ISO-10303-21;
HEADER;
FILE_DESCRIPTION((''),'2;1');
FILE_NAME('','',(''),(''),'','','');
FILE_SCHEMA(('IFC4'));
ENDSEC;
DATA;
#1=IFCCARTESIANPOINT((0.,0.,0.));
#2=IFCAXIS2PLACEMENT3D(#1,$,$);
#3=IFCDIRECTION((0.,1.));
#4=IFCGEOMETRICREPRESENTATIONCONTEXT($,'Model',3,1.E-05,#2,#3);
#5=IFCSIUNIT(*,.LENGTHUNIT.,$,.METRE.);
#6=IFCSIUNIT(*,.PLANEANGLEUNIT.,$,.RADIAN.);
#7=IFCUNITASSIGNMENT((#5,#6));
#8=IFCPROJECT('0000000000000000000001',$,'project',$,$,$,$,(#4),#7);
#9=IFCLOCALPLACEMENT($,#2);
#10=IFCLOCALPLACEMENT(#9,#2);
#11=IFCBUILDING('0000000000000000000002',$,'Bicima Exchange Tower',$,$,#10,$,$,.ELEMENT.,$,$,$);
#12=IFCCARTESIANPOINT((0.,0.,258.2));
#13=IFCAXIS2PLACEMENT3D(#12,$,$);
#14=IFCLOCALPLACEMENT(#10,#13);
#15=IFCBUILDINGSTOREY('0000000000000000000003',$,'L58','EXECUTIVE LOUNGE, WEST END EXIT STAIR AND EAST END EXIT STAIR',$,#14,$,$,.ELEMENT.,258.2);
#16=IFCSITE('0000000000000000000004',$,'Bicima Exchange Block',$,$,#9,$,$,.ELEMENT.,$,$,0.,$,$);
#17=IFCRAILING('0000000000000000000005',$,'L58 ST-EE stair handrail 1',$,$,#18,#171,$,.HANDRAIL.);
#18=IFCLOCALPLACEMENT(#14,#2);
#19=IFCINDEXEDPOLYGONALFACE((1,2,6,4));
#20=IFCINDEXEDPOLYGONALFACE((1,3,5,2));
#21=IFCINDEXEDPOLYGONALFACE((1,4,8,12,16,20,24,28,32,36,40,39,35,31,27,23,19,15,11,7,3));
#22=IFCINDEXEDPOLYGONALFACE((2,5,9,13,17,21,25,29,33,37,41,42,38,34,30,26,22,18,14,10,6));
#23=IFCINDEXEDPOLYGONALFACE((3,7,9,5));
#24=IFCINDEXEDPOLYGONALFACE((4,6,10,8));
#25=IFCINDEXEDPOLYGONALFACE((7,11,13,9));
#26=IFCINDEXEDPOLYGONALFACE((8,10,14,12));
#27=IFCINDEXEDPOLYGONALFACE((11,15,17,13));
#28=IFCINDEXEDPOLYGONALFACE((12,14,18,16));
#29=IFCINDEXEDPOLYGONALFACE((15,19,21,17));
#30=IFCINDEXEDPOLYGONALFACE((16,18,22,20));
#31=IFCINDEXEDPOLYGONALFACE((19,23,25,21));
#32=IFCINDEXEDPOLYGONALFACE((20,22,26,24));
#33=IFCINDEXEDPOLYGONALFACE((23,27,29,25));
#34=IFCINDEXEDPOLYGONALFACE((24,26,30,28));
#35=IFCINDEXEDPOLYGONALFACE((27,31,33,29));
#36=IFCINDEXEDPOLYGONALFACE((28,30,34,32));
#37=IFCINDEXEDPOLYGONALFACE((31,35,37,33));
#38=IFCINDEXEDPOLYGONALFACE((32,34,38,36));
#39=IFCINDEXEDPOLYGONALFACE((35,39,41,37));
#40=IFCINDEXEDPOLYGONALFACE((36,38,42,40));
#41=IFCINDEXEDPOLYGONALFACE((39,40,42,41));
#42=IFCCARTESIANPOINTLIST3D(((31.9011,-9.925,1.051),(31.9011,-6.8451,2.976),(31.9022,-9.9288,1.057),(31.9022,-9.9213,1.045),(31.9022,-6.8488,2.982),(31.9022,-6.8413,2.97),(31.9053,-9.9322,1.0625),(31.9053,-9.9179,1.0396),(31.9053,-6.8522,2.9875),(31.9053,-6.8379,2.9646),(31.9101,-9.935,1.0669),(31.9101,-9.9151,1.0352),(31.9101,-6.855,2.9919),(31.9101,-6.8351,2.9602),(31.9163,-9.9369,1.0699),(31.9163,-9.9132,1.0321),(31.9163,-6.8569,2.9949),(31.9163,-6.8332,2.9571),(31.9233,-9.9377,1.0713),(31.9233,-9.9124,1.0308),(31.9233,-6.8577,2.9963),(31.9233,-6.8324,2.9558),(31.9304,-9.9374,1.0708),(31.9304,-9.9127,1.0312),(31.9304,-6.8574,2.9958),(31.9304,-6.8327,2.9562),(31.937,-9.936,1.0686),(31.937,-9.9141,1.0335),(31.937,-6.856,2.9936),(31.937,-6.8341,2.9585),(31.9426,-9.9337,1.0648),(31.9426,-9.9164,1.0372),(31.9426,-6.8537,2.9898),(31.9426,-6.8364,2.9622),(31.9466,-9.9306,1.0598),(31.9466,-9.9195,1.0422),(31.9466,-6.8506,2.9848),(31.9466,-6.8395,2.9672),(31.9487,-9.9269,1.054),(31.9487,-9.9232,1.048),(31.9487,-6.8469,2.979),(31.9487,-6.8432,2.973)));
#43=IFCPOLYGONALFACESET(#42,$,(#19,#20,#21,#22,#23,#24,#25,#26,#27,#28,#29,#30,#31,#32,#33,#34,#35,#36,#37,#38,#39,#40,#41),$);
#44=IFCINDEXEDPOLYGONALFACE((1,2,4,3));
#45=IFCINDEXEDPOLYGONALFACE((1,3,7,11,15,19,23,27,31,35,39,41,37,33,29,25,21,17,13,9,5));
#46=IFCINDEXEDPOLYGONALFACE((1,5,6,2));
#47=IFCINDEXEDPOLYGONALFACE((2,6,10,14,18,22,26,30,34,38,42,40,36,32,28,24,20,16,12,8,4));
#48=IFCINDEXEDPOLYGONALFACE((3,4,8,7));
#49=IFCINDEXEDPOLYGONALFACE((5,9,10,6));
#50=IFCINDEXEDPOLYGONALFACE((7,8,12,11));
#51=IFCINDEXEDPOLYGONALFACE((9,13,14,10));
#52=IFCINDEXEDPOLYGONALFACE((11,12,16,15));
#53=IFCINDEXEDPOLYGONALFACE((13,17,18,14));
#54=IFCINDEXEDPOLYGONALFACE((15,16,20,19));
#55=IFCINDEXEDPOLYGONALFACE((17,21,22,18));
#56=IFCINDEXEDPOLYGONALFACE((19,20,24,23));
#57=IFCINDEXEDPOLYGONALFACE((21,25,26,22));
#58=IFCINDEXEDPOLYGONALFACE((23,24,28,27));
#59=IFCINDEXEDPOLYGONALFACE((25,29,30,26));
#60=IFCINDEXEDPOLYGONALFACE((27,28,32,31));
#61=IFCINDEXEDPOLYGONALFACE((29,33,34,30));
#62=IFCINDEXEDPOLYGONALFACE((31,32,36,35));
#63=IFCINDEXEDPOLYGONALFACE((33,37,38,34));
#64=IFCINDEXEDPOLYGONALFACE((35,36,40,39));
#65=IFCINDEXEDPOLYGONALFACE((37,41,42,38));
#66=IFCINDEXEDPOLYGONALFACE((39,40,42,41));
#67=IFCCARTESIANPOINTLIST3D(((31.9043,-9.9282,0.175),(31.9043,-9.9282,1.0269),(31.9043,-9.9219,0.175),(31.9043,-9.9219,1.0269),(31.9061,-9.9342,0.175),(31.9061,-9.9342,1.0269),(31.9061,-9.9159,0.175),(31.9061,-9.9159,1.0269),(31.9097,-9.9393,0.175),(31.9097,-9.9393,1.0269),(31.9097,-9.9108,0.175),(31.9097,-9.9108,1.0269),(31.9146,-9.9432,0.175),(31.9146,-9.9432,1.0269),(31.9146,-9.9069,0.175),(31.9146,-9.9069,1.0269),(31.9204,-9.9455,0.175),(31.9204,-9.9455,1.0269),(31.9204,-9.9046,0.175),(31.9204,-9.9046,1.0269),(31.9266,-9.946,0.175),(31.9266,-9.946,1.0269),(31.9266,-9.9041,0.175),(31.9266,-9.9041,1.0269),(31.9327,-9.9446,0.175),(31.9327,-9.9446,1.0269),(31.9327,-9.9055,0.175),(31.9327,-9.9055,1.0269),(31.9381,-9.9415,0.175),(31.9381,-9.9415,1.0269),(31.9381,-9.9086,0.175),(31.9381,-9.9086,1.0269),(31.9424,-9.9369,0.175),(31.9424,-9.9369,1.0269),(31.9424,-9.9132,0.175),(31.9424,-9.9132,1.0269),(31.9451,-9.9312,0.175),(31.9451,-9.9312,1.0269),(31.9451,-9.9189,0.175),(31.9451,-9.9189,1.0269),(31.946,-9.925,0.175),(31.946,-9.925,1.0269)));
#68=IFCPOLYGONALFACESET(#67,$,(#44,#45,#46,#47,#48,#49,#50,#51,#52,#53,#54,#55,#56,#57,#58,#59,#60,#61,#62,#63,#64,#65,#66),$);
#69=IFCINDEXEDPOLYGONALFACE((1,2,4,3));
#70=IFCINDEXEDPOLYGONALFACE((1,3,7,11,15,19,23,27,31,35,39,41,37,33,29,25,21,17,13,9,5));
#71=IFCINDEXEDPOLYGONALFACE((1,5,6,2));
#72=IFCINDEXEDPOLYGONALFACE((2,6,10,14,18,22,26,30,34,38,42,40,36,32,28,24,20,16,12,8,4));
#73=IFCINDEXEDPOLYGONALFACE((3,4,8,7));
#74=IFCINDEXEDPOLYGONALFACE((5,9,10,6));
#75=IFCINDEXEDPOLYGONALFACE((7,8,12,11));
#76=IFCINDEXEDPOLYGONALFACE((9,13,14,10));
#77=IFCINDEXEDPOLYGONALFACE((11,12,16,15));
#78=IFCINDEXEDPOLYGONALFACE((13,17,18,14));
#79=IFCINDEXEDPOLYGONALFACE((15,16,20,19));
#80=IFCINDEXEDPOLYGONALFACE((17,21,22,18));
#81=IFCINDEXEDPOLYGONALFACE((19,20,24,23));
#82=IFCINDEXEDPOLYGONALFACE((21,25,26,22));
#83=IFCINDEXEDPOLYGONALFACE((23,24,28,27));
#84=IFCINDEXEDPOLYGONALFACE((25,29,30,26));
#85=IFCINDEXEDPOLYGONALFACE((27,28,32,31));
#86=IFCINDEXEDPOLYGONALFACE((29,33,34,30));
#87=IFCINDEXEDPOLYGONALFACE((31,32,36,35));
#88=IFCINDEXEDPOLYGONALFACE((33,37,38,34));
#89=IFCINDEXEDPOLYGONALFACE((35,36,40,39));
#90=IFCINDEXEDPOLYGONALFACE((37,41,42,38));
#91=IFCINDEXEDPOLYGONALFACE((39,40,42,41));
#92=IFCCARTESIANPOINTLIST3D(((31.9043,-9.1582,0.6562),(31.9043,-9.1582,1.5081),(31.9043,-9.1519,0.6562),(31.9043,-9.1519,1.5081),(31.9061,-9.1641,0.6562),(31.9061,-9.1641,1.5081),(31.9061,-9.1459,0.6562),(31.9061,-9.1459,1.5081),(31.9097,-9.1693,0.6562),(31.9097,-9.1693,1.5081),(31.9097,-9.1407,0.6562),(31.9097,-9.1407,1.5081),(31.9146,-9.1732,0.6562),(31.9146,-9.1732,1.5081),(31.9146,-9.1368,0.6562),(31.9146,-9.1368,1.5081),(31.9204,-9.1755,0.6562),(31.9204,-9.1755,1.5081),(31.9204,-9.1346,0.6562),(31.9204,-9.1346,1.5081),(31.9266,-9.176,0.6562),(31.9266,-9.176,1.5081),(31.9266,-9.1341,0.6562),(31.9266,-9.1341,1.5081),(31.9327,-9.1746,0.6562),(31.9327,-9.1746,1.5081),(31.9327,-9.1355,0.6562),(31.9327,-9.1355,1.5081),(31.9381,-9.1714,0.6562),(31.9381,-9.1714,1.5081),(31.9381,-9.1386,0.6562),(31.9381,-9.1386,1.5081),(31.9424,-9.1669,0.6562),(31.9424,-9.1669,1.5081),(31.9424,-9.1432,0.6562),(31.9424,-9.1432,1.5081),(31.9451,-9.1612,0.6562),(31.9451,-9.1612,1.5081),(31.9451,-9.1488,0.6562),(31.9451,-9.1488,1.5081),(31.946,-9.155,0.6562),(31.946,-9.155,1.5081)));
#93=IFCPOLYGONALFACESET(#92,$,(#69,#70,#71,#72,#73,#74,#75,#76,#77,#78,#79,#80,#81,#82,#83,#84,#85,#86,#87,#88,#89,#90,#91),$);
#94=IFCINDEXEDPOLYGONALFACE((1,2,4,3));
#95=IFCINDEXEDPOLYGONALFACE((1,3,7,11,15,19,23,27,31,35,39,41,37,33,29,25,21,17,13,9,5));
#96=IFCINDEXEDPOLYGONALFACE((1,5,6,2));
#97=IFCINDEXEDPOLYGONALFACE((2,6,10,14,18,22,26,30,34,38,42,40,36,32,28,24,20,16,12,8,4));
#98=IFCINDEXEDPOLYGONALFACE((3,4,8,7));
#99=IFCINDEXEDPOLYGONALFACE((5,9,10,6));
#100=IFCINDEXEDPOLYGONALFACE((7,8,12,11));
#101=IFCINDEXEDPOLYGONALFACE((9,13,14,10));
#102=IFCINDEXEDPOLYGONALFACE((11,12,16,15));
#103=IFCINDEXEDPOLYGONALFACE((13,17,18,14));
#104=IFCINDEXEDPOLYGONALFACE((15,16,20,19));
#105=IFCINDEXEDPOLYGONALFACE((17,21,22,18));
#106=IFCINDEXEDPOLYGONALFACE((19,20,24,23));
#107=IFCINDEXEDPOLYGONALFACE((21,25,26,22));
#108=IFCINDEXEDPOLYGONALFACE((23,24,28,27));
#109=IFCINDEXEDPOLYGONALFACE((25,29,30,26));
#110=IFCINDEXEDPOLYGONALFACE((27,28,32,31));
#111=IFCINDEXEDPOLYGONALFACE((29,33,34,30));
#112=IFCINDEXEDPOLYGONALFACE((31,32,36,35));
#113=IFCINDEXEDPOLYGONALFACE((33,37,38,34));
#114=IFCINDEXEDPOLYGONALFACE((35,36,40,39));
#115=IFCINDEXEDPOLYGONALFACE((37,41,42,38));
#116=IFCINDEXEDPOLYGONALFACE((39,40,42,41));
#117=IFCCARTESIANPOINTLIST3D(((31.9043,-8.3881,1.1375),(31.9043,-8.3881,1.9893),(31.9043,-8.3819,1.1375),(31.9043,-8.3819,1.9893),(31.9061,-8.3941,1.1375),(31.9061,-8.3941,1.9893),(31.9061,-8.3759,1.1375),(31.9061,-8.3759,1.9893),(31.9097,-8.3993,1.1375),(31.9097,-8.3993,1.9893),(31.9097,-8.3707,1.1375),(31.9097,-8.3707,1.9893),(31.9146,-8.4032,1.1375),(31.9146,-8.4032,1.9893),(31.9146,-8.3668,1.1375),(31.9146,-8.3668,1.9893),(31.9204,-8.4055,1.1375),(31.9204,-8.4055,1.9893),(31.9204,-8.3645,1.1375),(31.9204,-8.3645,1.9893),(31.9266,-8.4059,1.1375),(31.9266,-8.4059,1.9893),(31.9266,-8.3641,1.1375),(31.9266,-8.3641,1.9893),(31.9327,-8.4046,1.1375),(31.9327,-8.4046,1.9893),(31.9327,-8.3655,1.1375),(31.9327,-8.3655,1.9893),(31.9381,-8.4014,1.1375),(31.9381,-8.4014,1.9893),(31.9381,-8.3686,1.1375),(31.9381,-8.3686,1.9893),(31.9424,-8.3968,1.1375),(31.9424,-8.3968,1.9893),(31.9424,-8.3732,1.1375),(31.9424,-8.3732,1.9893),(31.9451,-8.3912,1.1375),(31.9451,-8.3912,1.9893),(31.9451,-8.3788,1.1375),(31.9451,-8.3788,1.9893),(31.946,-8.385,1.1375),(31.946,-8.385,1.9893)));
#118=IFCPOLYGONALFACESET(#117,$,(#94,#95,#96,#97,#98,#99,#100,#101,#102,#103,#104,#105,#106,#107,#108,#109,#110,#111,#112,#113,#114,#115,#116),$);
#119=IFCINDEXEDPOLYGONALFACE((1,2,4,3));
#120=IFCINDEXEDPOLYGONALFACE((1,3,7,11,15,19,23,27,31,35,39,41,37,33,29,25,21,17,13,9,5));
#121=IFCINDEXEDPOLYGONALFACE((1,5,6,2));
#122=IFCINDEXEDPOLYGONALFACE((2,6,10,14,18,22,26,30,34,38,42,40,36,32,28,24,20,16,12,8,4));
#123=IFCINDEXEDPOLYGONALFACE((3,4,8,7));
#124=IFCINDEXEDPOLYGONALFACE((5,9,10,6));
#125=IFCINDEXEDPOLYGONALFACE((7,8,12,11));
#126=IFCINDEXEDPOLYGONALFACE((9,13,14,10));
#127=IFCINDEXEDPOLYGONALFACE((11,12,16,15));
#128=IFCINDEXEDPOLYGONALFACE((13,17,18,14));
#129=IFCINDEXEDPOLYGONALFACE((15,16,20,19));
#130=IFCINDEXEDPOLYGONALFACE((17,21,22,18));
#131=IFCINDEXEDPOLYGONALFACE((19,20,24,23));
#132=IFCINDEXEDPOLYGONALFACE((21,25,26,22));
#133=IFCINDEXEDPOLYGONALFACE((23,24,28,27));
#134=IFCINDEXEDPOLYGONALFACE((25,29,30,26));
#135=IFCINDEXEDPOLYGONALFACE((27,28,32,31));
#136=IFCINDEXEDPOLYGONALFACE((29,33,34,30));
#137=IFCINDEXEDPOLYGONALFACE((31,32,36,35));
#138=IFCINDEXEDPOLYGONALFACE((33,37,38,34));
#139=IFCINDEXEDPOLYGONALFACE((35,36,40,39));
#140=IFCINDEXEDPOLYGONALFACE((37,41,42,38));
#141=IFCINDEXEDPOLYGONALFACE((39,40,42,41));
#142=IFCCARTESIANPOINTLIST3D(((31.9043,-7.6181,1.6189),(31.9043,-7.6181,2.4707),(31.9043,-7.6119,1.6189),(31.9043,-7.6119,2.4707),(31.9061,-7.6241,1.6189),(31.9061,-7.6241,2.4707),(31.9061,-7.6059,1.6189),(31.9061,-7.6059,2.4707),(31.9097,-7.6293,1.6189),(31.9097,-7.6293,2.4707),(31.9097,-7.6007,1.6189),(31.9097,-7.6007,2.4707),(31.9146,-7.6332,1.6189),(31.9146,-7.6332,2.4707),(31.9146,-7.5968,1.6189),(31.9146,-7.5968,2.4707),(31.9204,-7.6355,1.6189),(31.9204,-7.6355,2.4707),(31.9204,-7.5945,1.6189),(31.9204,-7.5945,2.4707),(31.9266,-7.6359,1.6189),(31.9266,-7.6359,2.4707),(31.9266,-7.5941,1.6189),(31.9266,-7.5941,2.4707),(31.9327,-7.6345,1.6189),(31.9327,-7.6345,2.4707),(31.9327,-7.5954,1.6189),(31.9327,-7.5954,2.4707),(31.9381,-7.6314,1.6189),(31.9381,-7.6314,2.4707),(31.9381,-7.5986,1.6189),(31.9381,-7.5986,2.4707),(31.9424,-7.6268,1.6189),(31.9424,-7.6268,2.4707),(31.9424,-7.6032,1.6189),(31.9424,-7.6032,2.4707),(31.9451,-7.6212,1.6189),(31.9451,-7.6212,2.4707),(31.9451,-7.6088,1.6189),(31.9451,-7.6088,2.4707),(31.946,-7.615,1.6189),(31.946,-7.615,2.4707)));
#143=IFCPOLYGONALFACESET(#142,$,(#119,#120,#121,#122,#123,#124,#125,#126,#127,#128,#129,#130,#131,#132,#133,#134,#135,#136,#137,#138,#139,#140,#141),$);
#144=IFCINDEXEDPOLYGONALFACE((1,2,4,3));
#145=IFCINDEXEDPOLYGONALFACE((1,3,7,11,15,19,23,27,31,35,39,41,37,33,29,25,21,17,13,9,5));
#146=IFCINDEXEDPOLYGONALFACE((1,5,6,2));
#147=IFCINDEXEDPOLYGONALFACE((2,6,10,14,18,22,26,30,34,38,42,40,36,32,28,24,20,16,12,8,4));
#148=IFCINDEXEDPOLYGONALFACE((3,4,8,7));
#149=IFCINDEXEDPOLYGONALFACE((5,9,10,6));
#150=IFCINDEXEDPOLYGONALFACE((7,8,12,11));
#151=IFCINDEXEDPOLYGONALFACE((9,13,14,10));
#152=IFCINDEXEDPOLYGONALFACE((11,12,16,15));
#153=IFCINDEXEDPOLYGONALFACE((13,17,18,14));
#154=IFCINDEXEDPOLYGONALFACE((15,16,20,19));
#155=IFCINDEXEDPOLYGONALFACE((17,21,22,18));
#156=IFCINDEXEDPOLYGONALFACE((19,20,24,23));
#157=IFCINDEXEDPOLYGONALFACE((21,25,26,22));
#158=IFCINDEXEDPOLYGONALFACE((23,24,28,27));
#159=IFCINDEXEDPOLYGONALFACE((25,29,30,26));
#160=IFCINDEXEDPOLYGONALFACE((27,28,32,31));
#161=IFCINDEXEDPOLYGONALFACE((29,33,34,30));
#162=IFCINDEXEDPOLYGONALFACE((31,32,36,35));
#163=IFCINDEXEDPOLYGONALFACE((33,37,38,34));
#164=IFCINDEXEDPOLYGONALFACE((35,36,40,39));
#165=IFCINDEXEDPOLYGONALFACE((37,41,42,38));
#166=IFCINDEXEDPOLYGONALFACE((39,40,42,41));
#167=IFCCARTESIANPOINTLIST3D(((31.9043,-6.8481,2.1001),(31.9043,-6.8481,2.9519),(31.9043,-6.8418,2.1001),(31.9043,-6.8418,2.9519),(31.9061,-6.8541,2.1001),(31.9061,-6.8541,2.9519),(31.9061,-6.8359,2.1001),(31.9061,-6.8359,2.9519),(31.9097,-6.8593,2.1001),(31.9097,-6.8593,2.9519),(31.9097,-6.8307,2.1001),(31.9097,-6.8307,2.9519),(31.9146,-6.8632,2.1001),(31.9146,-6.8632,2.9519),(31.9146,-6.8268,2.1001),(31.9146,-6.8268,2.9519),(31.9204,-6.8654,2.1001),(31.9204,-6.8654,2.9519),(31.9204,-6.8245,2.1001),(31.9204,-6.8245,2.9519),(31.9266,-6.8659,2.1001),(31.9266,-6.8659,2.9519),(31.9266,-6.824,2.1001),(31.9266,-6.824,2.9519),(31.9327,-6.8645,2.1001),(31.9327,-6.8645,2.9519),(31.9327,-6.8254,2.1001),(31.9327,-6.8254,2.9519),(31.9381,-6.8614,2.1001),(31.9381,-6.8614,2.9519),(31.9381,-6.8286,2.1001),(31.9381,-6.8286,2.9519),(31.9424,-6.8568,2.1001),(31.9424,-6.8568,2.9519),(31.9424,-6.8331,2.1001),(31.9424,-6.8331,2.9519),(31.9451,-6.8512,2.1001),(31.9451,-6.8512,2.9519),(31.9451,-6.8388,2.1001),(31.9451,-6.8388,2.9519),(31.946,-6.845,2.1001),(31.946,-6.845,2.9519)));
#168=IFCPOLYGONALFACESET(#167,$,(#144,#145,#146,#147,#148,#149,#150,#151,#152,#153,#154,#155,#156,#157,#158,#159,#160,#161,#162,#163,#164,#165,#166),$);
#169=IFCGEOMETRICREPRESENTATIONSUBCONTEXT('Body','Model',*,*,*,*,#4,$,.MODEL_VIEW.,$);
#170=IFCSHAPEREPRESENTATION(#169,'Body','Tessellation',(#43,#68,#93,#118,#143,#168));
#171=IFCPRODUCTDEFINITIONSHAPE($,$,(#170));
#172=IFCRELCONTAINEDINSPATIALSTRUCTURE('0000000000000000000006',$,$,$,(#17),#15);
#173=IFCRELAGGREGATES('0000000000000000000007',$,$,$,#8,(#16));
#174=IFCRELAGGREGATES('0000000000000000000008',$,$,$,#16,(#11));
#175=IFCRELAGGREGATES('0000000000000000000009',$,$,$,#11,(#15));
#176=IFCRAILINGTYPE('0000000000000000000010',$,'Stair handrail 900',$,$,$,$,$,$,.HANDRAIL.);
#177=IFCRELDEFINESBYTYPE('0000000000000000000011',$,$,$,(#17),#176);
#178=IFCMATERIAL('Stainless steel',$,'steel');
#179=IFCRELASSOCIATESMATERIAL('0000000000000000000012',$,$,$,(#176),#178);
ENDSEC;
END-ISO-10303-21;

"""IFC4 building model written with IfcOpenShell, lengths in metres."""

from ifc_helpers import new_model, si_unit, direction, frame, origin, origin_2d, place, context, subcontext, project, spatial, circle, extrude, material, type_object, element, save


model = new_model("IFC4")

# Units and contexts
model_context = context("Model", 3, precision=1e-05, world=origin(), true_north=direction((0.0, 1.0)))
body_context = subcontext(model_context, "Body", "Model", "MODEL_VIEW")
ifc_project = project(units=[si_unit("LENGTHUNIT", "METRE"), si_unit("PLANEANGLEUNIT", "RADIAN")], contexts=[model_context])

# Site, building, storey
site_placement = place(None, origin())
site = spatial("IfcSite", under=ifc_project, at=site_placement, Name="Bicima Exchange Block", CompositionType="ELEMENT", RefElevation=0.0)
building_placement = place(site_placement, origin())
building = spatial("IfcBuilding", under=site, at=building_placement, Name="Bicima Exchange Tower", CompositionType="ELEMENT")
storey_placement = place(building_placement, frame((0.0, 0.0, 258.2)))
storey = spatial("IfcBuildingStorey", under=building, at=storey_placement, Name="L58", Description="EXECUTIVE LOUNGE, WEST END EXIT STAIR AND EAST END EXIT STAIR", CompositionType="ELEMENT", Elevation=258.2)

# Railing
ifc_material_1 = material(Name="Stainless steel", Category="steel")
railing_type_1 = type_object("IfcRailingType", Name="Stair handrail 900", PredefinedType="HANDRAIL", material=ifc_material_1)
railing_1_placement = place(storey_placement, frame((31.925, -9.925, 0.175)))
element("IfcRailing", 1, at=railing_1_placement, inside=storey, type_object=railing_type_1, Name="L58 ST-EE stair handrail 1", PredefinedType="HANDRAIL", context=body_context, shape_type="SweptSolid", body=[
    extrude(circle(Radius=0.0239, at=origin_2d()), frame((0.0, 0.0, 0.876), z_axis=(0.0, 0.847998, 0.529999), x_axis=(-1.0, 0.0, 0.0)), (0.0, 0.0, 1.0), 3.6321),
    extrude(circle(Radius=0.021, at=origin_2d()), origin(), (0.0, 0.0, 1.0), 0.8518),
    extrude(circle(Radius=0.021, at=origin_2d()), frame((0.0, 0.77, 0.4812)), (0.0, 0.0, 1.0), 0.8518),
    extrude(circle(Radius=0.021, at=origin_2d()), frame((0.0, 1.54, 0.9624)), (0.0, 0.0, 1.0), 0.8518),
    extrude(circle(Radius=0.021, at=origin_2d()), frame((0.0, 2.3101, 1.4438)), (0.0, 0.0, 1.0), 0.8518),
    extrude(circle(Radius=0.021, at=origin_2d()), frame((0.0, 3.0801, 1.925)), (0.0, 0.0, 1.0), 0.8518),
])

save(model, "model.ifc")
